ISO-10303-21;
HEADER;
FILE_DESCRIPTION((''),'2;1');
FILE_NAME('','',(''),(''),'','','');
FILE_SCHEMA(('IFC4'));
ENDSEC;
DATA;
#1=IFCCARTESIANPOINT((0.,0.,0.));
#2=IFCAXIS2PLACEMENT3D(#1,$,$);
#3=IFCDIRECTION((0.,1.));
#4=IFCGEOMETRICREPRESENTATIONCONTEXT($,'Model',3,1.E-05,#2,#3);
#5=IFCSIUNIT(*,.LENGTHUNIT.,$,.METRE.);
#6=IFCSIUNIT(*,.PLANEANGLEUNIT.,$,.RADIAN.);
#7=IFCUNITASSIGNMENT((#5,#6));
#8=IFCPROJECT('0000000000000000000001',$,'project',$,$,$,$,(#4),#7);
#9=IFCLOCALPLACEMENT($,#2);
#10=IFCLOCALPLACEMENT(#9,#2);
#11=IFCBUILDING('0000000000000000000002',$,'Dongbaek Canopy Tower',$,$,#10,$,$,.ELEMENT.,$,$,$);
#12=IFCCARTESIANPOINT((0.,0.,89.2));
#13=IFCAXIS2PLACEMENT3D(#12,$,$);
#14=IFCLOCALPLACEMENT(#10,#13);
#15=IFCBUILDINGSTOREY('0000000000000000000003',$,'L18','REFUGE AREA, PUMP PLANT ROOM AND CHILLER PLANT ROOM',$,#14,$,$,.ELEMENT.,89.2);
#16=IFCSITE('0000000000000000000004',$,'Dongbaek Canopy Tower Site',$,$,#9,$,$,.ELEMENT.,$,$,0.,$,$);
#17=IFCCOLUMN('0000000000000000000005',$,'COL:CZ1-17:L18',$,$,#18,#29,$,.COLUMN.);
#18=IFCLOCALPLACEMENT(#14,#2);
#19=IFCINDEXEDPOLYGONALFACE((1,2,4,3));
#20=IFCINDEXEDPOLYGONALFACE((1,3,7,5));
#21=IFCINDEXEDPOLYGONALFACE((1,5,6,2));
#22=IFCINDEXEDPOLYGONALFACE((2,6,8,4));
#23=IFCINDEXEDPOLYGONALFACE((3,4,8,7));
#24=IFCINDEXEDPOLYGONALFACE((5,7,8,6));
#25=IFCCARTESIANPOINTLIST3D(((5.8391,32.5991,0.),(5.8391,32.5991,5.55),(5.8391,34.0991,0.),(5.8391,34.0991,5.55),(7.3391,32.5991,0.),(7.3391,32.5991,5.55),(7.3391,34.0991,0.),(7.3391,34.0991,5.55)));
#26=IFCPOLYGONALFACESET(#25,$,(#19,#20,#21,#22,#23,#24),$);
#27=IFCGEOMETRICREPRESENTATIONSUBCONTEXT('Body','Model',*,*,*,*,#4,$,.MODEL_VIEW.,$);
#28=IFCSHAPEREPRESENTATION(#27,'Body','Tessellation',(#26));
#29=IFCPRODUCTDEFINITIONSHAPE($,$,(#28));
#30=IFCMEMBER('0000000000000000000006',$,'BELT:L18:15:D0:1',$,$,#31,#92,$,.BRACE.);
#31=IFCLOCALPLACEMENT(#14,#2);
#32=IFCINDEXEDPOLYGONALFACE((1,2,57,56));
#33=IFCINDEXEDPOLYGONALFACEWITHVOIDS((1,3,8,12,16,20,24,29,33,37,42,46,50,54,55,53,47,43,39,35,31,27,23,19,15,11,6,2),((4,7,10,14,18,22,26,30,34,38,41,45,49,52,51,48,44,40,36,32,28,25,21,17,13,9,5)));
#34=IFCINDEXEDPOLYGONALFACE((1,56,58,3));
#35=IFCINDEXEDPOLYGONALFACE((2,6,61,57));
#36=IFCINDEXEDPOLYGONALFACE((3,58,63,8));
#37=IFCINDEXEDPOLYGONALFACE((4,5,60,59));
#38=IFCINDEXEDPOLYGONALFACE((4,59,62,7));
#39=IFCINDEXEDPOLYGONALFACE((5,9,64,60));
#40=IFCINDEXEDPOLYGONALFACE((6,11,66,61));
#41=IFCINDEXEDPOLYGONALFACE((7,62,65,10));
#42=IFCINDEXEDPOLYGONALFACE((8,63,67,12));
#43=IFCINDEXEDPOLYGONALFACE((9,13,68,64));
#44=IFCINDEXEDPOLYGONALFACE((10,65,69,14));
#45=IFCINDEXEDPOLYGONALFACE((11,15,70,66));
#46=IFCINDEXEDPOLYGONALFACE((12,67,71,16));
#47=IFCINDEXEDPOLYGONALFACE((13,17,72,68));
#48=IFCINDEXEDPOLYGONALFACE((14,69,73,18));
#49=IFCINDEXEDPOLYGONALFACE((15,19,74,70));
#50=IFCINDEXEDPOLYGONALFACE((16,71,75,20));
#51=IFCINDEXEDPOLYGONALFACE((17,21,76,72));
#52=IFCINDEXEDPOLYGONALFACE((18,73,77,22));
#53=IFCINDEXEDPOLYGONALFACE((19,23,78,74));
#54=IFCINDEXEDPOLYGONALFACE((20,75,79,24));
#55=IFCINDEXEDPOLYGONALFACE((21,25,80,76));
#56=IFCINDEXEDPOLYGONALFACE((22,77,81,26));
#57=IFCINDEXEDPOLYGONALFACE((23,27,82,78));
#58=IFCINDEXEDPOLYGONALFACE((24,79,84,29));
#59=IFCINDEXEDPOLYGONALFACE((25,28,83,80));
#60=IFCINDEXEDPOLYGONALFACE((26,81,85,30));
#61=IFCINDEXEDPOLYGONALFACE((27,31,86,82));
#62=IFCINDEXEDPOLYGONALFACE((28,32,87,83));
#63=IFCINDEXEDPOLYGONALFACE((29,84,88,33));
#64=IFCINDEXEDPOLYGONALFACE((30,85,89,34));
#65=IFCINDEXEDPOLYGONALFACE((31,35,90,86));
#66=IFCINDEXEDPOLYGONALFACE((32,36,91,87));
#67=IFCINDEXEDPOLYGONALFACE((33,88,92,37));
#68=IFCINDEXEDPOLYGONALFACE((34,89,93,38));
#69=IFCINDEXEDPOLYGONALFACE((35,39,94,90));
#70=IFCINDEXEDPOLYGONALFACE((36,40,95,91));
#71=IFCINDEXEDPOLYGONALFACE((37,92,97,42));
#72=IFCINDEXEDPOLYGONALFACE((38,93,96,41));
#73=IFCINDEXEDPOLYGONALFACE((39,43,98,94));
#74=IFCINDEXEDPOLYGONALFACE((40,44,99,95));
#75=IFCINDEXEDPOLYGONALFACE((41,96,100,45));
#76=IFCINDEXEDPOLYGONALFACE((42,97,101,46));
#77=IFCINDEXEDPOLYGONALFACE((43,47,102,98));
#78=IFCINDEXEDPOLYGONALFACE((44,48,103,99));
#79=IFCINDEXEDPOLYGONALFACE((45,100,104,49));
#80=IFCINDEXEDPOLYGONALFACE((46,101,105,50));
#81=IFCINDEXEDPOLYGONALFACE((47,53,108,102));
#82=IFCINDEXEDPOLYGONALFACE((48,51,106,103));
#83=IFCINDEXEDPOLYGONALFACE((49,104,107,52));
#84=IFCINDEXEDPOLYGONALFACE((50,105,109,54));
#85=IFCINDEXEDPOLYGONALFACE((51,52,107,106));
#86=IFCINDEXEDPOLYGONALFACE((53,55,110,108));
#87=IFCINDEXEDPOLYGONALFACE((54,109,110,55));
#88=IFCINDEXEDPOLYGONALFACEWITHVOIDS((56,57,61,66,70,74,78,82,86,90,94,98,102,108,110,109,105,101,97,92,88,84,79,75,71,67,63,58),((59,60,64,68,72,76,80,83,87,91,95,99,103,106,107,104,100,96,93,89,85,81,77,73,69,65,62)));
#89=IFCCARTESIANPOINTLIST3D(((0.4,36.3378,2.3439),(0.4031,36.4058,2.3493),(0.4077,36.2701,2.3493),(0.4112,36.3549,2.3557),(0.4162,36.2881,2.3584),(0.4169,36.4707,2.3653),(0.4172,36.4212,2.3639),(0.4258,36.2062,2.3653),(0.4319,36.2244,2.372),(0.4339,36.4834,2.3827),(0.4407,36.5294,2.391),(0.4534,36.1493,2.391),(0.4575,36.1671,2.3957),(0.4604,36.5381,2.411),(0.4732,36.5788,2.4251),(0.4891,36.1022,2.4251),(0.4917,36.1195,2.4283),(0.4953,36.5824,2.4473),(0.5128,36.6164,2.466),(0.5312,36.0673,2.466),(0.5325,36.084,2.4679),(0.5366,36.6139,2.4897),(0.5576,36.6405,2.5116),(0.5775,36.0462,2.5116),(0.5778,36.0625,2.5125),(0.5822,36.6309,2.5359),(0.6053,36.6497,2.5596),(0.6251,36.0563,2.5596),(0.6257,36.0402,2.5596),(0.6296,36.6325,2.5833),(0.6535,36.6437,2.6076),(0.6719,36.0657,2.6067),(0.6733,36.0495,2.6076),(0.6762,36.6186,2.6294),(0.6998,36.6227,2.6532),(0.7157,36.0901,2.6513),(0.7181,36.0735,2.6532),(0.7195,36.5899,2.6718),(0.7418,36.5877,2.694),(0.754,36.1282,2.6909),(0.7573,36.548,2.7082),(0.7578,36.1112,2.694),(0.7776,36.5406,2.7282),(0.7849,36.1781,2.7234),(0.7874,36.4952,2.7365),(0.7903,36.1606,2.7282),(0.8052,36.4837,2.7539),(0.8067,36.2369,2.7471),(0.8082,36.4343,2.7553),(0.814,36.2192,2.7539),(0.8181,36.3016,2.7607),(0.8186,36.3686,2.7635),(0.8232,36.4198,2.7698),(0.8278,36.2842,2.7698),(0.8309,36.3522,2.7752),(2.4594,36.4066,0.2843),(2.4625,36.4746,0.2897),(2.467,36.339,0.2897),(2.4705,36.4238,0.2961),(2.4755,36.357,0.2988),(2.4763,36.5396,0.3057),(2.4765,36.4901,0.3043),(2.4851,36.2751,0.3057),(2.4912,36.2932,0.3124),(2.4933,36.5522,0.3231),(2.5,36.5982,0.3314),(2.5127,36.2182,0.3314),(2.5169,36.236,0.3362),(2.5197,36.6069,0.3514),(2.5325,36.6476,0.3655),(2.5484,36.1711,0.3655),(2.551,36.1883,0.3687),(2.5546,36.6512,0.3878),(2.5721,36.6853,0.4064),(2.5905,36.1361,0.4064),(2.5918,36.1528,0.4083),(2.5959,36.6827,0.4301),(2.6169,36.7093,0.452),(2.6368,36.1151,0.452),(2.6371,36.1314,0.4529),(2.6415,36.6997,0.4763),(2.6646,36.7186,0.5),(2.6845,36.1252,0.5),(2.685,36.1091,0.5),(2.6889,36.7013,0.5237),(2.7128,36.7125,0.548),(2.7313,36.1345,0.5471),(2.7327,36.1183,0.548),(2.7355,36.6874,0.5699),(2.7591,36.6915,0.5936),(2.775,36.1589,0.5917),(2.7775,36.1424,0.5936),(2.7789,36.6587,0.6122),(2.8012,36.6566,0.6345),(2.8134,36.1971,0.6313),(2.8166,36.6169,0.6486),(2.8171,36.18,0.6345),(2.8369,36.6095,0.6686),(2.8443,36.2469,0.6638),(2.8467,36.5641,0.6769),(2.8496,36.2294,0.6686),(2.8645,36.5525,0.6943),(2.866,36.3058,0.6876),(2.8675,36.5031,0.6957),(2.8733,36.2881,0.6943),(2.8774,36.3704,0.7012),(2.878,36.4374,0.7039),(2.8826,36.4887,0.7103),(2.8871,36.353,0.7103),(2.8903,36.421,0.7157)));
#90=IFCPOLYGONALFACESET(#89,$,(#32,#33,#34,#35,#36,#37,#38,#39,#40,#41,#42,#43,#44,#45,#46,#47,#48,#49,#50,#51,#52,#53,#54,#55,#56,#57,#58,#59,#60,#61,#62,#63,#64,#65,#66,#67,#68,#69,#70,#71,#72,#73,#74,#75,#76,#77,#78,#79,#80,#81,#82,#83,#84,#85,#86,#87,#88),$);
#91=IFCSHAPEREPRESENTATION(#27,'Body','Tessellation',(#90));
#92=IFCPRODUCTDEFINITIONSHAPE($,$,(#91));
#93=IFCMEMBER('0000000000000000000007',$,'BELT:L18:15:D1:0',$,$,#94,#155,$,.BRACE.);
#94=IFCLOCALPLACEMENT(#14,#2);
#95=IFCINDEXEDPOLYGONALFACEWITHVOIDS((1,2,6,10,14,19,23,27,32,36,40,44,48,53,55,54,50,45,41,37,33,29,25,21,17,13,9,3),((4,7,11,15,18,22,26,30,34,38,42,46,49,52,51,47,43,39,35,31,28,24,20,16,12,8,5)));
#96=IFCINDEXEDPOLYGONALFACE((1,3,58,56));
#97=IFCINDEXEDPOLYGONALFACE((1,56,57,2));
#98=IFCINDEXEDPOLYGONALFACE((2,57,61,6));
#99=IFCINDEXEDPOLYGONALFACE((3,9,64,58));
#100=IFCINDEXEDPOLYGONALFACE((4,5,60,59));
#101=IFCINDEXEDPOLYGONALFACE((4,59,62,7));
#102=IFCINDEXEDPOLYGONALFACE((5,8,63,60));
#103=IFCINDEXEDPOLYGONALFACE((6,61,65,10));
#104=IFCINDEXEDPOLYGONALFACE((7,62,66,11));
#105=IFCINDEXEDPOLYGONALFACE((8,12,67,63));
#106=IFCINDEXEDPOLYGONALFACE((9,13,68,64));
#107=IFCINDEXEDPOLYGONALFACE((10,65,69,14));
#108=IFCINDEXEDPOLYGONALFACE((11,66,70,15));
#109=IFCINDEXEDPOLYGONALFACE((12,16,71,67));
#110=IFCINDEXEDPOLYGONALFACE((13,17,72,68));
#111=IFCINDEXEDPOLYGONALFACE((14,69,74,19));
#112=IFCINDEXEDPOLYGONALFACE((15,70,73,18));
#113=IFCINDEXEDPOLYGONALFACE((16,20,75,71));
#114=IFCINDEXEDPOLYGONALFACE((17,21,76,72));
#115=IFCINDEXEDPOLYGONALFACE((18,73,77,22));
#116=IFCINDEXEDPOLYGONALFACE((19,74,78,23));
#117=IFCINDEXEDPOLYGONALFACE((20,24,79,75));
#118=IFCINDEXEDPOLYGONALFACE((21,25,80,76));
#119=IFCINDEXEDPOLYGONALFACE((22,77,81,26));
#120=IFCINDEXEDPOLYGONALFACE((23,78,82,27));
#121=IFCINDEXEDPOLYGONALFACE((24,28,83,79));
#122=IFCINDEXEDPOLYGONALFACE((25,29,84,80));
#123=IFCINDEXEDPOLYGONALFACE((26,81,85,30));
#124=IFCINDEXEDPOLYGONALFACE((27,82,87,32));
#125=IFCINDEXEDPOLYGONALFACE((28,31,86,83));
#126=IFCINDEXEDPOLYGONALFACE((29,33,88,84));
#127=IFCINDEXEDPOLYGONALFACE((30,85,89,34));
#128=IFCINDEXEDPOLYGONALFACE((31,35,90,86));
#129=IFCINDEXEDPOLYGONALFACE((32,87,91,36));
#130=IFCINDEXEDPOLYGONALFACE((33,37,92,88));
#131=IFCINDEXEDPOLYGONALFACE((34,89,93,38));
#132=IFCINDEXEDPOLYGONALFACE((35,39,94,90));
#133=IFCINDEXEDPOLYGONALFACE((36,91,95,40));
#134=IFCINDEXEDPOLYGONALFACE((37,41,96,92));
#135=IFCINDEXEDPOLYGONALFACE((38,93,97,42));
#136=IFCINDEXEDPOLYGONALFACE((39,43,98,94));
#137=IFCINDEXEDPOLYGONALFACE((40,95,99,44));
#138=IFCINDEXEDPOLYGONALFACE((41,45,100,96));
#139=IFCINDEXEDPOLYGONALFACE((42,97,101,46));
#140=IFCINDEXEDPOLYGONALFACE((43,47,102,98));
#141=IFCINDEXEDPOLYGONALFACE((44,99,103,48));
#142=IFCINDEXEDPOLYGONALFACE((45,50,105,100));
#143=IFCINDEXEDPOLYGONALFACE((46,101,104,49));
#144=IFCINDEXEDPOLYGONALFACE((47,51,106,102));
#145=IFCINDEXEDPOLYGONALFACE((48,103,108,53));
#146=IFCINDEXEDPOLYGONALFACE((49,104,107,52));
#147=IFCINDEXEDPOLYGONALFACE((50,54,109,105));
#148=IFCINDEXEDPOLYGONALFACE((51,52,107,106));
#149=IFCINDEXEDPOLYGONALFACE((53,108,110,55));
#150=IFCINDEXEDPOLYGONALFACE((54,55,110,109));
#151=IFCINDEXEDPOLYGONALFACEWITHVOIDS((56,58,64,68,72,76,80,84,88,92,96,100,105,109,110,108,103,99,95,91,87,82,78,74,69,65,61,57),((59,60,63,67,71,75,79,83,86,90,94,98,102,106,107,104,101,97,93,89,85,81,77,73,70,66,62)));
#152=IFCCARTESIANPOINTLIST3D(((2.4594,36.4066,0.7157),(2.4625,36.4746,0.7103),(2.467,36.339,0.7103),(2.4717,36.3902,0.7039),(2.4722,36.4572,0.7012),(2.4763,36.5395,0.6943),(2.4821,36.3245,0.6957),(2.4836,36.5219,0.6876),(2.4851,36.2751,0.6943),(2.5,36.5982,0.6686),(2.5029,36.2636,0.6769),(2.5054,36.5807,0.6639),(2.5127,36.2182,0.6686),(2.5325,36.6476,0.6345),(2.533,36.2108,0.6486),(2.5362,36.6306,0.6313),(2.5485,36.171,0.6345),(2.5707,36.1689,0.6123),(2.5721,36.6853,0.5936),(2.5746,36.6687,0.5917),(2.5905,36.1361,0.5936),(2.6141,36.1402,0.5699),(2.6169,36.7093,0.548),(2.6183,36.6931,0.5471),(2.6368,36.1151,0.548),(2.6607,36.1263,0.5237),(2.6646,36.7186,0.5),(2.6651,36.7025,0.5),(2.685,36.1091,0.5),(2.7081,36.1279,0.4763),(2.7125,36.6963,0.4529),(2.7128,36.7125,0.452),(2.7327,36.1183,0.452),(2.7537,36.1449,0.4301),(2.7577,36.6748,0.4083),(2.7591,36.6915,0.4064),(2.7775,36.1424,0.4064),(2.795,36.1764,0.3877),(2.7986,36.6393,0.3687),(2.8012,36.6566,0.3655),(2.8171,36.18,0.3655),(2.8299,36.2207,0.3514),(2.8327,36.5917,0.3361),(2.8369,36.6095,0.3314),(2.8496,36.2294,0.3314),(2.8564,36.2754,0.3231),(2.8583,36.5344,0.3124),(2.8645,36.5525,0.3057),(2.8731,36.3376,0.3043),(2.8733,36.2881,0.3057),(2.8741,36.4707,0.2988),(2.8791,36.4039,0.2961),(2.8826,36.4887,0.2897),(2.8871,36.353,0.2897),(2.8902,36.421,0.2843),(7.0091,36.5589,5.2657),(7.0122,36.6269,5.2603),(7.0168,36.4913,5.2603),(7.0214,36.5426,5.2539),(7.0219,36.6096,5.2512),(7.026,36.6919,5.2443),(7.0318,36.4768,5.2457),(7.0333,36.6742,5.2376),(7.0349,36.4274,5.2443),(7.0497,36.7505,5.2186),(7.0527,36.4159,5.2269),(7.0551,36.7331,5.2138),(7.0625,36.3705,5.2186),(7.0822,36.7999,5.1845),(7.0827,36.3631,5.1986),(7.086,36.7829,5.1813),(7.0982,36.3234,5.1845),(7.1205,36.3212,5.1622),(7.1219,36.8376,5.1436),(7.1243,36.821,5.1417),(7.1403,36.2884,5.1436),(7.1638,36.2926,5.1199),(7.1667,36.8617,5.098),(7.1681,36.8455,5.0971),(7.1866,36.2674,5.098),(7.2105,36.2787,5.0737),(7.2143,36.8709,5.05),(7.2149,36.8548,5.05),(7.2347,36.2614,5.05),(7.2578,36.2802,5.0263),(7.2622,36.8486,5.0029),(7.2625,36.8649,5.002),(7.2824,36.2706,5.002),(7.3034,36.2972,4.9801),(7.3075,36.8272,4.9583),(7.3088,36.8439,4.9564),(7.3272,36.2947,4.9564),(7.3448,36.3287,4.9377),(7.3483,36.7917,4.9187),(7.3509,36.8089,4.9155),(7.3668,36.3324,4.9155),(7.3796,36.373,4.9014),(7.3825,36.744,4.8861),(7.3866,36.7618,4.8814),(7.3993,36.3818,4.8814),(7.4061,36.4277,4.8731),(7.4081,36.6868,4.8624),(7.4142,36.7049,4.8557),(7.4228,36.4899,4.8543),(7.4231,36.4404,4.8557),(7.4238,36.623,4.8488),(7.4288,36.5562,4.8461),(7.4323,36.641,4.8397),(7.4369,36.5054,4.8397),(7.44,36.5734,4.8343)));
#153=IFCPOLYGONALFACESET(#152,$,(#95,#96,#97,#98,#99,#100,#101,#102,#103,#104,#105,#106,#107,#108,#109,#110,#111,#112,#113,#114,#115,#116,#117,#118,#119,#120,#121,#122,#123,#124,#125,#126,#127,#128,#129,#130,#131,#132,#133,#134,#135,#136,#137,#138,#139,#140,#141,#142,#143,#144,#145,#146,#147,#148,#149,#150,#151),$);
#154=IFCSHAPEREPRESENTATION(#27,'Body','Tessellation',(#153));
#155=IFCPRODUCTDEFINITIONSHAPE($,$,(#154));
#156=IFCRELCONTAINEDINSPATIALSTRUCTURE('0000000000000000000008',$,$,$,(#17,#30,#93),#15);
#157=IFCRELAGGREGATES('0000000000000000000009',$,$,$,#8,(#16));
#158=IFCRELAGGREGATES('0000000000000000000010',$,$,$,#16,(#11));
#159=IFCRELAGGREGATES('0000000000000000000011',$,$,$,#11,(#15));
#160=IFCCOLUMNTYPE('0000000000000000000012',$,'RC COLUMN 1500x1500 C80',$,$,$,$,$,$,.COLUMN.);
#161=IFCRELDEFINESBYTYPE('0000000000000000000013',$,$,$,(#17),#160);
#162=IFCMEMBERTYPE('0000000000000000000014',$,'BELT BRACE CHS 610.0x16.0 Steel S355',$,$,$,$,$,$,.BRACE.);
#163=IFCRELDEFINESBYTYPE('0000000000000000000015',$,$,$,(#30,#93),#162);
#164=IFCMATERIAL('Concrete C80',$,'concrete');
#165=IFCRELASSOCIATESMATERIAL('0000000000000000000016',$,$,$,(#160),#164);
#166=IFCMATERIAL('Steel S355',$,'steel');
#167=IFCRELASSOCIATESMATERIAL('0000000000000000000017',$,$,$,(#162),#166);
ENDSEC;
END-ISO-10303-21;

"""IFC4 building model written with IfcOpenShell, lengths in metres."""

from ifc_helpers import new_model, si_unit, direction, frame, origin, origin_2d, place, context, subcontext, project, spatial, rectangle, hollow_circle, extrude, material, material_profile, profile_set, type_object, element, save


model = new_model("IFC4")

# Units and contexts
model_context = context("Model", 3, precision=1e-05, world=origin(), true_north=direction((0.0, 1.0)))
body_context = subcontext(model_context, "Body", "Model", "MODEL_VIEW")
ifc_project = project(units=[si_unit("LENGTHUNIT", "METRE"), si_unit("PLANEANGLEUNIT", "RADIAN")], contexts=[model_context])

# Site, building, storey
site_placement = place(None, origin())
site = spatial("IfcSite", under=ifc_project, at=site_placement, Name="Dongbaek Canopy Tower Site", CompositionType="ELEMENT", RefElevation=0.0)
building_placement = place(site_placement, origin())
building = spatial("IfcBuilding", under=site, at=building_placement, Name="Dongbaek Canopy Tower", CompositionType="ELEMENT")
storey_placement = place(building_placement, frame((0.0, 0.0, 89.2)))
storey = spatial("IfcBuildingStorey", under=building, at=storey_placement, Name="L18", Description="REFUGE AREA, PUMP PLANT ROOM AND CHILLER PLANT ROOM", CompositionType="ELEMENT", Elevation=89.2)

# Column
ifc_material_1 = material(Name="Concrete C80", Category="concrete")
ifc_material_profile_1 = material_profile(ifc_material_1, rectangle(XDim=1.5, YDim=1.5, at=origin_2d()), Name="RC COLUMN 1500x1500 C80")
ifc_profile_set_1 = profile_set([ifc_material_profile_1], Name="Concrete C80")
column_type = type_object("IfcColumnType", Name="RC COLUMN 1500x1500 C80", PredefinedType="COLUMN", material=ifc_profile_set_1)
column_placement = place(storey_placement, frame((6.5891, 33.3491, 0.0), z_axis=(0.0, 0.0, 1.0), x_axis=(1.0, 0.0, 0.0)))
element("IfcColumn", 1, at=column_placement, inside=storey, type_object=column_type, Name="COL:CZ1-17:L18", PredefinedType="COLUMN", context=body_context, shape_type="SweptSolid", body=[
    extrude(rectangle(XDim=1.5, YDim=1.5, at=origin_2d()), origin(), (0.0, 0.0, 1.0), 5.55),
])

# Members
ifc_material_2 = material(Name="Steel S355", Category="steel")
ifc_material_profile_2 = material_profile(ifc_material_2, hollow_circle(Radius=0.3049, WallThickness=0.0161, at=origin_2d()), Name="BELT BRACE CHS 610.0x16.0 Steel S355")
ifc_profile_set_2 = profile_set([ifc_material_profile_2], Name="Steel S355")
member_type_1 = type_object("IfcMemberType", Name="BELT BRACE CHS 610.0x16.0 Steel S355", PredefinedType="BRACE", material=ifc_profile_set_2)
member_1_placement = place(storey_placement, frame((2.6748, 36.4138, 0.5), z_axis=(-0.706867, -0.023632, 0.706951), x_axis=(0.033413, -0.999442, 0.0)))
element("IfcMember", 2, at=member_1_placement, inside=storey, type_object=member_type_1, Name="BELT:L18:15:D0:1", PredefinedType="BRACE", context=body_context, shape_type="SweptSolid", body=[
    extrude(hollow_circle(Radius=0.3049, WallThickness=0.0161, at=origin_2d()), origin(), (0.0, 0.0, 1.0), 2.9133),
])
member_2_placement = place(storey_placement, frame((2.6748, 36.4138, 0.5), z_axis=(0.70689, 0.023669, 0.706928), x_axis=(-0.033465, 0.99944, 0.0)))
element("IfcMember", 3, at=member_2_placement, inside=storey, type_object=member_type_1, Name="BELT:L18:15:D1:0", PredefinedType="BRACE", context=body_context, shape_type="SweptSolid", body=[
    extrude(hollow_circle(Radius=0.3049, WallThickness=0.0161, at=origin_2d()), origin(), (0.0, 0.0, 1.0), 6.4363),
])

save(model, "model.ifc")
